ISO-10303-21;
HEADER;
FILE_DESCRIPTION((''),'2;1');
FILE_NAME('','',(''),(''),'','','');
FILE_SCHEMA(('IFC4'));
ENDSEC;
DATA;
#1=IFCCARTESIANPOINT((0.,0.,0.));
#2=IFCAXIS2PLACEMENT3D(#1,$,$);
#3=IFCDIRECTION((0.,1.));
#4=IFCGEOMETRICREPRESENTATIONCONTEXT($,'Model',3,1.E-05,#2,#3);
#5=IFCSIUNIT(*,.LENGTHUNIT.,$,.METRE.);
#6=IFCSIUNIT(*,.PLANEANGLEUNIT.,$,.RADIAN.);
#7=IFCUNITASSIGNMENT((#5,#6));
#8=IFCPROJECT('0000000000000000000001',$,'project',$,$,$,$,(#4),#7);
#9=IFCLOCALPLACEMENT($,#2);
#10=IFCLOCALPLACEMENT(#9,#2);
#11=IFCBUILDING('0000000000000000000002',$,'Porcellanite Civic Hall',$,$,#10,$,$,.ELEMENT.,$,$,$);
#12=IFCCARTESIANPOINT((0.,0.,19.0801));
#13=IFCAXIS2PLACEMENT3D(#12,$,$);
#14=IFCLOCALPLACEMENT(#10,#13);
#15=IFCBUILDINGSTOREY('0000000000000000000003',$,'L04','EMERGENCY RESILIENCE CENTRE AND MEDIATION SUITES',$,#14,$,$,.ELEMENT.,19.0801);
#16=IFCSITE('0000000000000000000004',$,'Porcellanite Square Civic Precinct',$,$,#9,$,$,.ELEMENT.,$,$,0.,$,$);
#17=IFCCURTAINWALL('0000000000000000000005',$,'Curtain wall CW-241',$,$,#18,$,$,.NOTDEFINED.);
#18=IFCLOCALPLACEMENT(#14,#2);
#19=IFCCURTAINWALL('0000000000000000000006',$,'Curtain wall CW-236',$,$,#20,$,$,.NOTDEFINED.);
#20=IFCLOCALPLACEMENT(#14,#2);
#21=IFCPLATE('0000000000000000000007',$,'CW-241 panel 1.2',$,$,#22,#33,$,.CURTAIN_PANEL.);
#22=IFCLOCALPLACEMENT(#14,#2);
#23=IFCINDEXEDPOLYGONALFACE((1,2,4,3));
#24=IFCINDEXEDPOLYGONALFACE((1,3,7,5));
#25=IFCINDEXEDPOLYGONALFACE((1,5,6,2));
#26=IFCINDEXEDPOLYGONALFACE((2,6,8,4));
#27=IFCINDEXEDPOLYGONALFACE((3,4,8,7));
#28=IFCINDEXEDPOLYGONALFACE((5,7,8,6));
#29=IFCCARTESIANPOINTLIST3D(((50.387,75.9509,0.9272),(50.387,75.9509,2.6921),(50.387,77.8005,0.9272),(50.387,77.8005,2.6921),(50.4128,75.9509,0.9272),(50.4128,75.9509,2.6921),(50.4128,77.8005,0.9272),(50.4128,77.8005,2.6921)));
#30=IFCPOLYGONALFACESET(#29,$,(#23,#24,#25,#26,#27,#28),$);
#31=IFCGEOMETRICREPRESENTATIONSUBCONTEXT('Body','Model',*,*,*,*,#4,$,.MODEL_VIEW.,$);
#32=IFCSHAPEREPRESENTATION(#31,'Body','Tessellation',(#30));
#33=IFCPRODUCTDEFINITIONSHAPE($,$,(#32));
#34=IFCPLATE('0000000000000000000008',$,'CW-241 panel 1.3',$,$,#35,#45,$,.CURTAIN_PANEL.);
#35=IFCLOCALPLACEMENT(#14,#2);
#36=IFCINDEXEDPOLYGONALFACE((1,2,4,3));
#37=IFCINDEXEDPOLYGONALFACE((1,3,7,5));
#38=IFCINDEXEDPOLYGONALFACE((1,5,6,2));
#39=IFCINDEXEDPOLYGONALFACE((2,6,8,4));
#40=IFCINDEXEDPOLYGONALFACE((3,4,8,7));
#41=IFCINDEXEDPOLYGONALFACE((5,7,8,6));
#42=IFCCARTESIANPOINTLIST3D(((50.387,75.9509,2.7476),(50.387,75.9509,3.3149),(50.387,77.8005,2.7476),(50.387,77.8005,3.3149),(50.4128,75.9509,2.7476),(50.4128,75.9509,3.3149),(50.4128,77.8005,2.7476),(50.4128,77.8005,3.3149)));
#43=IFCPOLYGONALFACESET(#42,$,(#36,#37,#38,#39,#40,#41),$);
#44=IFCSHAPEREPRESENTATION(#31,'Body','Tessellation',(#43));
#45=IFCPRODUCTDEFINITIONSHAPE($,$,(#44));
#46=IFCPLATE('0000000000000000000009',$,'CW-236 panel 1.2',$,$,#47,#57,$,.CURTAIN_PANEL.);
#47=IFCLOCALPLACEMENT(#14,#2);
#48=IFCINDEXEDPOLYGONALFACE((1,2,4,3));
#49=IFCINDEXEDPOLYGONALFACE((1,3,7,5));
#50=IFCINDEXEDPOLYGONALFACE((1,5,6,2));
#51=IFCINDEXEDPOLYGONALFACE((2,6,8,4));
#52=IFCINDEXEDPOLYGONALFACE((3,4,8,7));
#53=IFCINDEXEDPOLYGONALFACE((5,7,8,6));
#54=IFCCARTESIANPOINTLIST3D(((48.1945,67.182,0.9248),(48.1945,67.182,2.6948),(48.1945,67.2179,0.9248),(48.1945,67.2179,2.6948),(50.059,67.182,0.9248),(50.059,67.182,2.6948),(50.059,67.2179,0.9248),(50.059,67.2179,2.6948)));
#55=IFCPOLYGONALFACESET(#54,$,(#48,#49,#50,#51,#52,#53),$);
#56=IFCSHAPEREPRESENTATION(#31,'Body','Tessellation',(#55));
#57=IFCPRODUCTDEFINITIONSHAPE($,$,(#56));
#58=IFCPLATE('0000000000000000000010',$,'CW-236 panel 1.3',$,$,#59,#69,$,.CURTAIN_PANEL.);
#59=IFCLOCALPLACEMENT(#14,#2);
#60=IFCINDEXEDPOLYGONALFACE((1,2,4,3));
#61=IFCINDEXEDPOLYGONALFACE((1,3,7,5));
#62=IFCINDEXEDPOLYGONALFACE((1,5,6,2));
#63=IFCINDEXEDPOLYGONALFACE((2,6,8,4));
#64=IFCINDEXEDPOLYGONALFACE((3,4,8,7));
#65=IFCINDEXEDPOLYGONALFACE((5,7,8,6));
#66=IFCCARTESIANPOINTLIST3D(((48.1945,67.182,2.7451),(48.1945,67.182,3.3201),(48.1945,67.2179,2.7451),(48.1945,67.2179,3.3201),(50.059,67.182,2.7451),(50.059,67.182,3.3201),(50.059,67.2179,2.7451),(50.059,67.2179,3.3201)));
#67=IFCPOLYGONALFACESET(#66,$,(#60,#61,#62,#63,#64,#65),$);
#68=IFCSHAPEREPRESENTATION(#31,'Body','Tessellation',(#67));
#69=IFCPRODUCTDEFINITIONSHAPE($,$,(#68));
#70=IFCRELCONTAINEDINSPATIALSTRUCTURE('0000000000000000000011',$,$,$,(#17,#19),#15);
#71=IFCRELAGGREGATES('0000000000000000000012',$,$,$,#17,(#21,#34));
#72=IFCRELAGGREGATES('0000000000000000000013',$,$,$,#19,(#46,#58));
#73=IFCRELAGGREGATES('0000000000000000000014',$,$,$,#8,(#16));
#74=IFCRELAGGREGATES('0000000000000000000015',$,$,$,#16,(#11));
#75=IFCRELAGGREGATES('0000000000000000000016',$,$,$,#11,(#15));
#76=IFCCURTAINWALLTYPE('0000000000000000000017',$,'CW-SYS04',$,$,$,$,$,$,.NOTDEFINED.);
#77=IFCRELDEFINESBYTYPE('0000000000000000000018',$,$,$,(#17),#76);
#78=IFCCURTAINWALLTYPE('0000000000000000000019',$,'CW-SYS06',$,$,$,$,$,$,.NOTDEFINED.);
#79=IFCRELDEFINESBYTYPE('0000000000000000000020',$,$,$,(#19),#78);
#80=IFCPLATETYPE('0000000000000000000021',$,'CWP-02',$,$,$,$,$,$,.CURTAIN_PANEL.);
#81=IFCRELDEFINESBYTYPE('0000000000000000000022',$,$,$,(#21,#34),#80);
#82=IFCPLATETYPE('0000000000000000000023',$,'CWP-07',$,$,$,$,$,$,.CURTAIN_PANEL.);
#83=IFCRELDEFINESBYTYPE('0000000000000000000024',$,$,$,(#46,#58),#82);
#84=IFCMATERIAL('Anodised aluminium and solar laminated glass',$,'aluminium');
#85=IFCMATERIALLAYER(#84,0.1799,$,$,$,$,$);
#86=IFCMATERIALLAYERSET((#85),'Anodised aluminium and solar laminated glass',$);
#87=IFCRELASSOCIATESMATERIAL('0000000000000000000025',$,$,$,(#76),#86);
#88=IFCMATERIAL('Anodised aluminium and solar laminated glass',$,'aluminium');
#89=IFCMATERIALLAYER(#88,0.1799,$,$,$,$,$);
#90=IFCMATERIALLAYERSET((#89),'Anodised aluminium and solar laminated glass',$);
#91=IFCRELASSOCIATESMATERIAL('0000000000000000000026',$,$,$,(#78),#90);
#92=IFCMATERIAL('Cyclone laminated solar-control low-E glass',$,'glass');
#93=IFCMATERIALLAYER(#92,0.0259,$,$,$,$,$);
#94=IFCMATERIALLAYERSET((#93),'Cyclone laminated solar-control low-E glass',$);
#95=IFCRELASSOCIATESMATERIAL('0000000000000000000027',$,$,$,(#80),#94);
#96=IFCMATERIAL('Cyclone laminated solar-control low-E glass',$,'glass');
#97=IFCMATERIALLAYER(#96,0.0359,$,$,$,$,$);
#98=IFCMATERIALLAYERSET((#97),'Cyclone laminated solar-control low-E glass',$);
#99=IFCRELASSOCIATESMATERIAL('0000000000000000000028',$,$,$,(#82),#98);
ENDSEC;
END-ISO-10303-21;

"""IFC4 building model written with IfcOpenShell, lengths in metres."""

from ifc_helpers import new_model, si_unit, direction, frame, origin, origin_2d, place, context, subcontext, project, spatial, rectangle, extrude, material, layer, layer_set, type_object, element, aggregate, save


model = new_model("IFC4")

# Units and contexts
model_context = context("Model", 3, precision=1e-05, world=origin(), true_north=direction((0.0, 1.0)))
body_context = subcontext(model_context, "Body", "Model", "MODEL_VIEW")
ifc_project = project(units=[si_unit("LENGTHUNIT", "METRE"), si_unit("PLANEANGLEUNIT", "RADIAN")], contexts=[model_context])

# Site, building, storey
site_placement = place(None, origin())
site = spatial("IfcSite", under=ifc_project, at=site_placement, Name="Porcellanite Square Civic Precinct", CompositionType="ELEMENT", RefElevation=0.0)
building_placement = place(site_placement, origin())
building = spatial("IfcBuilding", under=site, at=building_placement, Name="Porcellanite Civic Hall", CompositionType="ELEMENT")
storey_placement = place(building_placement, frame((0.0, 0.0, 19.0801)))
storey = spatial("IfcBuildingStorey", under=building, at=storey_placement, Name="L04", Description="EMERGENCY RESILIENCE CENTRE AND MEDIATION SUITES", CompositionType="ELEMENT", Elevation=19.0801)

# Curtain wall
ifc_material_1 = material(Name="Anodised aluminium and solar laminated glass", Category="aluminium")
ifc_layer_1 = layer(ifc_material_1, 0.1799)
ifc_layer_set_1 = layer_set([ifc_layer_1], Name="Anodised aluminium and solar laminated glass")
curtain_wall_type_1 = type_object("IfcCurtainWallType", Name="CW-SYS04", PredefinedType="NOTDEFINED", material=ifc_layer_set_1)
curtain_wall_1_placement = place(storey_placement, origin())
curtain_wall_1 = element("IfcCurtainWall", 1, at=curtain_wall_1_placement, inside=storey, type_object=curtain_wall_type_1, Name="Curtain wall CW-241", PredefinedType="NOTDEFINED")

# Curtain wall
ifc_material_2 = material(Name="Anodised aluminium and solar laminated glass", Category="aluminium")
ifc_layer_2 = layer(ifc_material_2, 0.1799)
ifc_layer_set_2 = layer_set([ifc_layer_2], Name="Anodised aluminium and solar laminated glass")
curtain_wall_type_2 = type_object("IfcCurtainWallType", Name="CW-SYS06", PredefinedType="NOTDEFINED", material=ifc_layer_set_2)
curtain_wall_2_placement = place(storey_placement, origin())
curtain_wall_2 = element("IfcCurtainWall", 2, at=curtain_wall_2_placement, inside=storey, type_object=curtain_wall_type_2, Name="Curtain wall CW-236", PredefinedType="NOTDEFINED")

# Plates
ifc_material_3 = material(Name="Cyclone laminated solar-control low-E glass", Category="glass")
ifc_layer_3 = layer(ifc_material_3, 0.0259)
ifc_layer_set_3 = layer_set([ifc_layer_3], Name="Cyclone laminated solar-control low-E glass")
plate_type_1 = type_object("IfcPlateType", Name="CWP-02", PredefinedType="CURTAIN_PANEL", material=ifc_layer_set_3)
plate_1_placement = place(storey_placement, frame((50.3999, 76.8757, 0.9272), z_axis=(0.0, 0.0, 1.0), x_axis=(0.0, 1.0, 0.0)))
plate_1 = element("IfcPlate", 3, at=plate_1_placement, type_object=plate_type_1, Name="CW-241 panel 1.2", PredefinedType="CURTAIN_PANEL", context=body_context, shape_type="SweptSolid", body=[
    extrude(rectangle(XDim=1.8496, YDim=0.0259, at=origin_2d()), origin(), (0.0, 0.0, 1.0), 1.7649),
])
plate_2_placement = place(storey_placement, frame((50.3999, 76.8757, 2.7476), z_axis=(0.0, 0.0, 1.0), x_axis=(0.0, 1.0, 0.0)))
plate_2 = element("IfcPlate", 4, at=plate_2_placement, type_object=plate_type_1, Name="CW-241 panel 1.3", PredefinedType="CURTAIN_PANEL", context=body_context, shape_type="SweptSolid", body=[
    extrude(rectangle(XDim=1.8496, YDim=0.0259, at=origin_2d()), origin(), (0.0, 0.0, 1.0), 0.5674),
])
aggregate(curtain_wall_1, [plate_1, plate_2])
ifc_material_4 = material(Name="Cyclone laminated solar-control low-E glass", Category="glass")
ifc_layer_4 = layer(ifc_material_4, 0.0359)
ifc_layer_set_4 = layer_set([ifc_layer_4], Name="Cyclone laminated solar-control low-E glass")
plate_type_2 = type_object("IfcPlateType", Name="CWP-07", PredefinedType="CURTAIN_PANEL", material=ifc_layer_set_4)
plate_3_placement = place(storey_placement, frame((49.1267, 67.2, 0.9248), z_axis=(0.0, 0.0, 1.0), x_axis=(-1.0, 0.0, 0.0)))
plate_3 = element("IfcPlate", 5, at=plate_3_placement, type_object=plate_type_2, Name="CW-236 panel 1.2", PredefinedType="CURTAIN_PANEL", context=body_context, shape_type="SweptSolid", body=[
    extrude(rectangle(XDim=1.8645, YDim=0.0359, at=origin_2d()), origin(), (0.0, 0.0, 1.0), 1.77),
])
plate_4_placement = place(storey_placement, frame((49.1267, 67.2, 2.7451), z_axis=(0.0, 0.0, 1.0), x_axis=(-1.0, 0.0, 0.0)))
plate_4 = element("IfcPlate", 6, at=plate_4_placement, type_object=plate_type_2, Name="CW-236 panel 1.3", PredefinedType="CURTAIN_PANEL", context=body_context, shape_type="SweptSolid", body=[
    extrude(rectangle(XDim=1.8645, YDim=0.0359, at=origin_2d()), origin(), (0.0, 0.0, 1.0), 0.575),
])
aggregate(curtain_wall_2, [plate_3, plate_4])

save(model, "model.ifc")
